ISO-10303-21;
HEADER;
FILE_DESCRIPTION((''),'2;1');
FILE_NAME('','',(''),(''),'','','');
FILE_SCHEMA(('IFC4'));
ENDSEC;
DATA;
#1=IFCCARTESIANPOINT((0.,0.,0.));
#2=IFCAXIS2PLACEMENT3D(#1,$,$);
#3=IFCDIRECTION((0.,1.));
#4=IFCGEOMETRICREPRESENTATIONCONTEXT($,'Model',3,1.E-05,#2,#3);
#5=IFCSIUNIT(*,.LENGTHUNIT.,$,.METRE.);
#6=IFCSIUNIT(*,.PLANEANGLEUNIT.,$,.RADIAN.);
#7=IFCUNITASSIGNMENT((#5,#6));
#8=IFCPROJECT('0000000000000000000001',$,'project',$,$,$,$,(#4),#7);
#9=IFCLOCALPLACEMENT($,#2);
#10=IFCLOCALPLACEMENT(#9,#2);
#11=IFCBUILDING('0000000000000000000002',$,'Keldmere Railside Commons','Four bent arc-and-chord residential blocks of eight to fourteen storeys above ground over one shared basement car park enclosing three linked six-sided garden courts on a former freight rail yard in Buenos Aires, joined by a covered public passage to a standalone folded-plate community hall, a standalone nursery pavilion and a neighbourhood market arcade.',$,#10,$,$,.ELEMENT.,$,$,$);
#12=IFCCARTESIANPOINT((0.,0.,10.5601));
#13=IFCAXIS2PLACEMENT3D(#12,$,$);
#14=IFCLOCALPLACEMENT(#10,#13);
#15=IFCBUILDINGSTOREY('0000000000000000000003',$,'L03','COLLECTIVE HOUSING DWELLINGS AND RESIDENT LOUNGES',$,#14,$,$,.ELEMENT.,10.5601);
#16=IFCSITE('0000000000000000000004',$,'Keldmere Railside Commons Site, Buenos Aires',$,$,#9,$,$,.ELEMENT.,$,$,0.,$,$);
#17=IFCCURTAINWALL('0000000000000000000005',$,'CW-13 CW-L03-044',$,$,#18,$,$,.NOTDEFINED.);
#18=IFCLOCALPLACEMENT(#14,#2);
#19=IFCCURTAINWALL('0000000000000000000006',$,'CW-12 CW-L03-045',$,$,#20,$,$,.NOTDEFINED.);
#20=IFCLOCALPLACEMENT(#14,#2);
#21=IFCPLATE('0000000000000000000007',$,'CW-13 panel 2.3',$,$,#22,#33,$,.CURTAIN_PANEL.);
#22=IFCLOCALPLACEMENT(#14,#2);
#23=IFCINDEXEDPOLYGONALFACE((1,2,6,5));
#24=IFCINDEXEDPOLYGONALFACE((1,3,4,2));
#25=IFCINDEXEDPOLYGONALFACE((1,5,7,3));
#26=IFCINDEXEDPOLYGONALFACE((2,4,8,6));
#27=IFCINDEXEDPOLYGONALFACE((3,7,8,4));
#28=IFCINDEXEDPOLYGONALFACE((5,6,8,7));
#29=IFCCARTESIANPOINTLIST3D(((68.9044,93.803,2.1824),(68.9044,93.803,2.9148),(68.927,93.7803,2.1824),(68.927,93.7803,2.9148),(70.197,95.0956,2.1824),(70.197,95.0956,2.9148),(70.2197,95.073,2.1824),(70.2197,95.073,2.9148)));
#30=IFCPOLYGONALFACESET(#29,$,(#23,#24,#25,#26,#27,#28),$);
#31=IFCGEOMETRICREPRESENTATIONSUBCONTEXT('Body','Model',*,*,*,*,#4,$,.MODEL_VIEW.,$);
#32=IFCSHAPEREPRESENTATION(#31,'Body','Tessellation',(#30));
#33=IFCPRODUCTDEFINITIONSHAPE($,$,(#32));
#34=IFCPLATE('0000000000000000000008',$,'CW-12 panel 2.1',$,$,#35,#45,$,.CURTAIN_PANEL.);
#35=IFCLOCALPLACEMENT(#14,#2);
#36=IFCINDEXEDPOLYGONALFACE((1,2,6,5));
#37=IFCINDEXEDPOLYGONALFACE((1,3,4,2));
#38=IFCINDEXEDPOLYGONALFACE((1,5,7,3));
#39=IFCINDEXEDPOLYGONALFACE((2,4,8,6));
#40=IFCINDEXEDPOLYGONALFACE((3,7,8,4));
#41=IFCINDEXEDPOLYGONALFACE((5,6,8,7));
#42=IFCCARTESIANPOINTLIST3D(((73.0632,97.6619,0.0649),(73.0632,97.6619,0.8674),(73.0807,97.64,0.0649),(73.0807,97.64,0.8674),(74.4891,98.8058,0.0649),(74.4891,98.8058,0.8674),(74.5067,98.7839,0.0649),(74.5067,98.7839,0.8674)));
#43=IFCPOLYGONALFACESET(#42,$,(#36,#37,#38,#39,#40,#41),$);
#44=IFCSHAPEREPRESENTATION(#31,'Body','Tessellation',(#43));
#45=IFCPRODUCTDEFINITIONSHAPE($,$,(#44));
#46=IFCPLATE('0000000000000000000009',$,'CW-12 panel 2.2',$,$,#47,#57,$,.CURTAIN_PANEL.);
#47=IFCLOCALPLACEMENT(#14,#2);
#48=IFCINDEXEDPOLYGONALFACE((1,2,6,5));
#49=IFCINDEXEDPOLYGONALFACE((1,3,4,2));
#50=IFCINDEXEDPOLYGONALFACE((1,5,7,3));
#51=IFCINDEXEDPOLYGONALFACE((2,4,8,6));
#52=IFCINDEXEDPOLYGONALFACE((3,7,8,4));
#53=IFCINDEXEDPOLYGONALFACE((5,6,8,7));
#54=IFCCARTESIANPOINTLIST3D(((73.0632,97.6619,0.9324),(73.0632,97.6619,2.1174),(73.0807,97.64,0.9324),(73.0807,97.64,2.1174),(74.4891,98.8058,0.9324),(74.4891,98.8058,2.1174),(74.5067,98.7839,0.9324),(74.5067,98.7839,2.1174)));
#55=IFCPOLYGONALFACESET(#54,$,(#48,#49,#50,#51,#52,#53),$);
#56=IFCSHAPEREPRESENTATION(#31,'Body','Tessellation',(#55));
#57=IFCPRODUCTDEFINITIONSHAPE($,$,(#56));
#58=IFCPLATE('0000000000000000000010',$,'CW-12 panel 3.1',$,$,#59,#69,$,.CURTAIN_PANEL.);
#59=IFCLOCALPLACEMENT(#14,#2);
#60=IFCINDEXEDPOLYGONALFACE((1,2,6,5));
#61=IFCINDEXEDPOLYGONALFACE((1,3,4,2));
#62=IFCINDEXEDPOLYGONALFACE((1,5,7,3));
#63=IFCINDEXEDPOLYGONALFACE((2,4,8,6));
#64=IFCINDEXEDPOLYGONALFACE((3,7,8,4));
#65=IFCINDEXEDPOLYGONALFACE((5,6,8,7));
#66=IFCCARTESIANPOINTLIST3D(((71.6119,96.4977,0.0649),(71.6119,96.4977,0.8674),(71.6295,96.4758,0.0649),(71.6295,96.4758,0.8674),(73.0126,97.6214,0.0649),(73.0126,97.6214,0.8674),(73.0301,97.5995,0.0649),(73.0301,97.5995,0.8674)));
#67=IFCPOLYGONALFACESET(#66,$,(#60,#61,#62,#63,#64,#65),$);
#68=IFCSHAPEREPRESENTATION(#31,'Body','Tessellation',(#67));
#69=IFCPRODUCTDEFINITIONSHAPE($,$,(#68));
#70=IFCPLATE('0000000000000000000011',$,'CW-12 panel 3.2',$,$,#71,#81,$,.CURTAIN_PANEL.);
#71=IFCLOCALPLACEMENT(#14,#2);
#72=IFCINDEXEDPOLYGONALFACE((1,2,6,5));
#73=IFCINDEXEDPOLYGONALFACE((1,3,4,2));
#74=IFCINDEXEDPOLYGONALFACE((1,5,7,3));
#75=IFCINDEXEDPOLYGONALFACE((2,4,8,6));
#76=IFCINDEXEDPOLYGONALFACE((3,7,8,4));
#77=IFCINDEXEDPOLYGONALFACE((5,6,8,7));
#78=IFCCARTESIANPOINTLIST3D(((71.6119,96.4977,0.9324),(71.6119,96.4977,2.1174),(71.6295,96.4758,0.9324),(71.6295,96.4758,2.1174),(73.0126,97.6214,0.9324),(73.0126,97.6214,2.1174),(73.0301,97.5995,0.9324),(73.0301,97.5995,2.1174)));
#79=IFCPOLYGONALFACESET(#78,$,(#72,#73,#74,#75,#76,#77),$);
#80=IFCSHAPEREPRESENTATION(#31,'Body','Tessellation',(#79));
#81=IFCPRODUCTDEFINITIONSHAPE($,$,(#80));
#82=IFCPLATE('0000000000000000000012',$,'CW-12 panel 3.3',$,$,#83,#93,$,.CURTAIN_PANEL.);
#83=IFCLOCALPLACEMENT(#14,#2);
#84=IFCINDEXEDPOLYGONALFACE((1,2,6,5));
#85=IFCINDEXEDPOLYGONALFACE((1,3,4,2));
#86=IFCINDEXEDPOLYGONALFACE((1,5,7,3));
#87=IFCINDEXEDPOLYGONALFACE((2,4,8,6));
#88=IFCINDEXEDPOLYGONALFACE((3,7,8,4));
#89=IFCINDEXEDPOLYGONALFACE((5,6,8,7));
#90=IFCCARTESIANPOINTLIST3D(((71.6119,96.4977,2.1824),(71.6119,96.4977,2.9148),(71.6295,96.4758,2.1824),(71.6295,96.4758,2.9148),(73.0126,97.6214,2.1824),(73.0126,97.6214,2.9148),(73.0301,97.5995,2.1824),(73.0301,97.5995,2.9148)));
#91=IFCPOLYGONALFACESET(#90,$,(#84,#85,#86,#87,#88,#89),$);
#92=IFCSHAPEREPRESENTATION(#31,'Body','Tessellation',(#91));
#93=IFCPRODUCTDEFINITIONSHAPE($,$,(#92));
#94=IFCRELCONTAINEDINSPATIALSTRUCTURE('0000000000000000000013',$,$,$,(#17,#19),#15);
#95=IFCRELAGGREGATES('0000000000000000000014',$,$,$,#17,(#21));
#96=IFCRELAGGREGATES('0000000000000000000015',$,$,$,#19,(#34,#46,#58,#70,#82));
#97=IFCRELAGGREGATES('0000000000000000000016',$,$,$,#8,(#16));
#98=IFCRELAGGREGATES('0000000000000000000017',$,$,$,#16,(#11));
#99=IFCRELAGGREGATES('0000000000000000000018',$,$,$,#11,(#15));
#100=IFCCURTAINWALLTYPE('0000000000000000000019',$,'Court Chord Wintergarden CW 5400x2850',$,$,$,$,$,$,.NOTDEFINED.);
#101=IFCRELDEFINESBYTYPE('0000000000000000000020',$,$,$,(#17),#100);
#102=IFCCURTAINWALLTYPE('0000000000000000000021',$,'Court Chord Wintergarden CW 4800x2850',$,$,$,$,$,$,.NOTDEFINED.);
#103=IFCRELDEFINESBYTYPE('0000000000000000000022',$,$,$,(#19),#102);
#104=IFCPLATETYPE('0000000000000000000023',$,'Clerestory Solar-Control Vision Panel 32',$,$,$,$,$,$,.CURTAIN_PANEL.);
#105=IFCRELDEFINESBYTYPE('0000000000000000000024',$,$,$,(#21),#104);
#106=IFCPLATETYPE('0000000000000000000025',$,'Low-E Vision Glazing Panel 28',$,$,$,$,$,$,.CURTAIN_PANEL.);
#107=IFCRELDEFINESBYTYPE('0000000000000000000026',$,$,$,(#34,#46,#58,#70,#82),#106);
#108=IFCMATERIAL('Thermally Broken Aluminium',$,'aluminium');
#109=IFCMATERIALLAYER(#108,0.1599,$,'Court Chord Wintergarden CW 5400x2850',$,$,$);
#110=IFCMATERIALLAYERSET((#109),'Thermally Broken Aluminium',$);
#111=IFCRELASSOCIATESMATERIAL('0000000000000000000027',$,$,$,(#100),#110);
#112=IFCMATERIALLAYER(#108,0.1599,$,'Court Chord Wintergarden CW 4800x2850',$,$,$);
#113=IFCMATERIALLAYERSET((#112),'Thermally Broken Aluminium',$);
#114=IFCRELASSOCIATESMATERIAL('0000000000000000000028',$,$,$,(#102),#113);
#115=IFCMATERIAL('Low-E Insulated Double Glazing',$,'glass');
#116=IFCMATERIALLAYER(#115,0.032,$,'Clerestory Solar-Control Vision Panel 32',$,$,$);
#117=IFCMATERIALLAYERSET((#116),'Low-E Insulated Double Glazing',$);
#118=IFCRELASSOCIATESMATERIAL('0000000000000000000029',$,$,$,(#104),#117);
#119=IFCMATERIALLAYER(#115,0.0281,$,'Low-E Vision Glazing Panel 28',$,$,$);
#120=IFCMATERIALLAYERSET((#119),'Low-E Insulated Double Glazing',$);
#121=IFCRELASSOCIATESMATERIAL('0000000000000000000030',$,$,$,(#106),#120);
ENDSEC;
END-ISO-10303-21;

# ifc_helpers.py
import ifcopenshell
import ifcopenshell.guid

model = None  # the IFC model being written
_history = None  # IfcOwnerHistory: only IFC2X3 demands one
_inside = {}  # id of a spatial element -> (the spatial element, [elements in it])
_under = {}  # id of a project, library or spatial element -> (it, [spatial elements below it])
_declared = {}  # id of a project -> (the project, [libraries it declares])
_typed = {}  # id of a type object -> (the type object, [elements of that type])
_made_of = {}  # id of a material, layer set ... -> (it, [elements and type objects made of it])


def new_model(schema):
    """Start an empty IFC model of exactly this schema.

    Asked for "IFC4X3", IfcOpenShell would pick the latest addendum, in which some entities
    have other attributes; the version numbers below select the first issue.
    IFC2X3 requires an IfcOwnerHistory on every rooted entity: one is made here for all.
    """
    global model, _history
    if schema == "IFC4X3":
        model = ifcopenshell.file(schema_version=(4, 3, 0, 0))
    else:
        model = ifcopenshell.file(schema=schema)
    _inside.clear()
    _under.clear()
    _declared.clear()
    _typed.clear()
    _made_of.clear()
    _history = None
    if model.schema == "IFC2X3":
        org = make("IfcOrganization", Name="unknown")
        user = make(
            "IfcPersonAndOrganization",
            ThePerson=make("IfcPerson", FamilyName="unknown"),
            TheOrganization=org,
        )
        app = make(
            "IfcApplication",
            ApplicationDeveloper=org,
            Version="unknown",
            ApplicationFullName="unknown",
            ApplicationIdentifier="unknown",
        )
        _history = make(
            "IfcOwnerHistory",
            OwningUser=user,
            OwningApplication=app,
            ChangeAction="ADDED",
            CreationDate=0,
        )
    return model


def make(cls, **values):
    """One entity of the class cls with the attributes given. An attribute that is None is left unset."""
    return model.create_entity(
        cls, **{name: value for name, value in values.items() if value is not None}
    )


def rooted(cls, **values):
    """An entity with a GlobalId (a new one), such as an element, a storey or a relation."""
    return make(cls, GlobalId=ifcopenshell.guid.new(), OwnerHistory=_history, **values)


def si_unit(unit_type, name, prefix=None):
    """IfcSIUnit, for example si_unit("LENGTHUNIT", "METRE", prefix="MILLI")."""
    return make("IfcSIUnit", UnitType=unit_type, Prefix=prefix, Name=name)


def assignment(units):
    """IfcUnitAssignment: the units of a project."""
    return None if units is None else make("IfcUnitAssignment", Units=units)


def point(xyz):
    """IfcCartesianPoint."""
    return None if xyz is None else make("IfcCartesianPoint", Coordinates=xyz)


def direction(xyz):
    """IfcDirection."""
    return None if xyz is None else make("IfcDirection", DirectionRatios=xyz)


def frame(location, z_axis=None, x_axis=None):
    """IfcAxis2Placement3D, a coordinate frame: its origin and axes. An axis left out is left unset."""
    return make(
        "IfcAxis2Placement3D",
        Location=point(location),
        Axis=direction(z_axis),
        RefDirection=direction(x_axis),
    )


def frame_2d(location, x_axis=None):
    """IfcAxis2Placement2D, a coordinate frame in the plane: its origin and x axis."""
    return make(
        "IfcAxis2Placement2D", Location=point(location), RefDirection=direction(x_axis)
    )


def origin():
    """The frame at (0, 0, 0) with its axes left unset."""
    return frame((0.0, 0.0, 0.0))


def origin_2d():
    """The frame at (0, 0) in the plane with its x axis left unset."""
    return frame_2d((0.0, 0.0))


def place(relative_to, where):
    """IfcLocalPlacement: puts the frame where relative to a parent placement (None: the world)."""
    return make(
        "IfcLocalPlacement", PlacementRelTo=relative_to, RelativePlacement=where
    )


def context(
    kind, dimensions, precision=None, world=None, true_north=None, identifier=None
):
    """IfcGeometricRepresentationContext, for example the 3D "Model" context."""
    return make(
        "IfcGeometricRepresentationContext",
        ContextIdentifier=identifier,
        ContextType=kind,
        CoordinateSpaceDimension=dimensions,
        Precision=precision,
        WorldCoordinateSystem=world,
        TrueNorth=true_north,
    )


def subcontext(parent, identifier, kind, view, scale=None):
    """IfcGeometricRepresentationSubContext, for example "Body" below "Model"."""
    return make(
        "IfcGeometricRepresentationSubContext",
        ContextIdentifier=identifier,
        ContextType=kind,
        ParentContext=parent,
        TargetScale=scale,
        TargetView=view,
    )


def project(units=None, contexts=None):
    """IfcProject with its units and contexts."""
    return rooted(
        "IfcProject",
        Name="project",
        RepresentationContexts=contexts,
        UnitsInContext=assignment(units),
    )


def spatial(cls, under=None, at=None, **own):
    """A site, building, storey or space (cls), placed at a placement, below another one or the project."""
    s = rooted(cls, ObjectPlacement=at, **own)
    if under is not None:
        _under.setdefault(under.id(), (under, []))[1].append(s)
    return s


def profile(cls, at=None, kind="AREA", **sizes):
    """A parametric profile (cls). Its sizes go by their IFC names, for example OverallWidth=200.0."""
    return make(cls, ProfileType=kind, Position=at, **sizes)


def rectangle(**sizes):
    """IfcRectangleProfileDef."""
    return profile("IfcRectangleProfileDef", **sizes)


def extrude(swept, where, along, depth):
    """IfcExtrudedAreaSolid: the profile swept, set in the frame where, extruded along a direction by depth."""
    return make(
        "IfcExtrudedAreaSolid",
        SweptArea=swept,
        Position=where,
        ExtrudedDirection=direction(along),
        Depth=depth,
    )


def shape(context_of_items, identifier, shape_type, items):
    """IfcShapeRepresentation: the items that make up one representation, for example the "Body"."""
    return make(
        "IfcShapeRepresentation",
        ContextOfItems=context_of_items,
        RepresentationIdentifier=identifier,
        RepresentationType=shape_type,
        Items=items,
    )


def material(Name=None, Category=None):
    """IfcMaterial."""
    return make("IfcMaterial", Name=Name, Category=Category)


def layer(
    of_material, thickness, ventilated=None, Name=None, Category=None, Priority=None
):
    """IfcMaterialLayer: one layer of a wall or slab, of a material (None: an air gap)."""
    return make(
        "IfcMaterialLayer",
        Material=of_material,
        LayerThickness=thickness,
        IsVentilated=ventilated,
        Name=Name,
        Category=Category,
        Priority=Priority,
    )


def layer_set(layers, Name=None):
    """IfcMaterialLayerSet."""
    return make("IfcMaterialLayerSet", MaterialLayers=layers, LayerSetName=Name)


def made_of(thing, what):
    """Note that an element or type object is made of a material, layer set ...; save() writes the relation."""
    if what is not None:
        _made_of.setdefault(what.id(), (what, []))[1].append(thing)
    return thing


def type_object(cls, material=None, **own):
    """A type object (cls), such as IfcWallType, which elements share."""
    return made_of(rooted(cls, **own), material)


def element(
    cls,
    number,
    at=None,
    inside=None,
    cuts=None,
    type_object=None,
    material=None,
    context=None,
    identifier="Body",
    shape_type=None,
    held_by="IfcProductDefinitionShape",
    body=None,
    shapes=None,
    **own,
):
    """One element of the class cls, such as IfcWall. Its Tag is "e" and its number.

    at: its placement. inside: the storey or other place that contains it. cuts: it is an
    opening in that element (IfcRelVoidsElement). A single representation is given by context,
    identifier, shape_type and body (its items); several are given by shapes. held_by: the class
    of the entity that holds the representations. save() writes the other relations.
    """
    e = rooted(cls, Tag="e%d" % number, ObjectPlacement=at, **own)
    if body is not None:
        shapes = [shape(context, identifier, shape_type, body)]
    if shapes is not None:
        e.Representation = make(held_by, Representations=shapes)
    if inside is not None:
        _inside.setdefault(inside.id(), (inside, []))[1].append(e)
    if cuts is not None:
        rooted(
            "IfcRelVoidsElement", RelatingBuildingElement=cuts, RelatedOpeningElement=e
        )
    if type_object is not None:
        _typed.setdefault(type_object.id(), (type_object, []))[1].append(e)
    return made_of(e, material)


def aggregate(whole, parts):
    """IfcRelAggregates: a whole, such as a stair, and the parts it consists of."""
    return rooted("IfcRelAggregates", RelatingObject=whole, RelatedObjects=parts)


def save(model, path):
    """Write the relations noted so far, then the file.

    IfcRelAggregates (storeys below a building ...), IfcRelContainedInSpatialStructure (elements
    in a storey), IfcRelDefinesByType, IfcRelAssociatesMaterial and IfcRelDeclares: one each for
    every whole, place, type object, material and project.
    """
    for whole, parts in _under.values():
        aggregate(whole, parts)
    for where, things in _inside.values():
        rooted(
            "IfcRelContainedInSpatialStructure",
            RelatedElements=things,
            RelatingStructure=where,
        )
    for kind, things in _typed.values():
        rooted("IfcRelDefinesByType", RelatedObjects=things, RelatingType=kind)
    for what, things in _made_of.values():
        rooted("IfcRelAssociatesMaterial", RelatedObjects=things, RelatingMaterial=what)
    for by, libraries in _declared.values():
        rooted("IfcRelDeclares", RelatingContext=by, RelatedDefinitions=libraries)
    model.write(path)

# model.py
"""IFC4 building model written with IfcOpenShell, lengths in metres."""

from ifc_helpers import new_model, si_unit, direction, frame, origin, origin_2d, place, context, subcontext, project, spatial, rectangle, extrude, material, layer, layer_set, type_object, element, aggregate, save


model = new_model("IFC4")

# Units and contexts
model_context = context("Model", 3, precision=1e-05, world=origin(), true_north=direction((0.0, 1.0)))
body_context = subcontext(model_context, "Body", "Model", "MODEL_VIEW")
ifc_project = project(units=[si_unit("LENGTHUNIT", "METRE"), si_unit("PLANEANGLEUNIT", "RADIAN")], contexts=[model_context])

# Site, building, storey
site_placement = place(None, origin())
site = spatial("IfcSite", under=ifc_project, at=site_placement, Name="Keldmere Railside Commons Site, Buenos Aires", CompositionType="ELEMENT", RefElevation=0.0)
building_placement = place(site_placement, origin())
building = spatial("IfcBuilding", under=site, at=building_placement, Name="Keldmere Railside Commons", Description="Four bent arc-and-chord residential blocks of eight to fourteen storeys above ground over one shared basement car park enclosing three linked six-sided garden courts on a former freight rail yard in Buenos Aires, joined by a covered public passage to a standalone folded-plate community hall, a standalone nursery pavilion and a neighbourhood market arcade.", CompositionType="ELEMENT")
storey_placement = place(building_placement, frame((0.0, 0.0, 10.5601)))
storey = spatial("IfcBuildingStorey", under=building, at=storey_placement, Name="L03", Description="COLLECTIVE HOUSING DWELLINGS AND RESIDENT LOUNGES", CompositionType="ELEMENT", Elevation=10.5601)

# Curtain walls
ifc_material_1 = material(Name="Thermally Broken Aluminium", Category="aluminium")
ifc_layer_1 = layer(ifc_material_1, 0.1599, Name="Court Chord Wintergarden CW 5400x2850")
ifc_layer_set_1 = layer_set([ifc_layer_1], Name="Thermally Broken Aluminium")
curtain_wall_type_1 = type_object("IfcCurtainWallType", Name="Court Chord Wintergarden CW 5400x2850", PredefinedType="NOTDEFINED", material=ifc_layer_set_1)
curtain_wall_1_placement = place(storey_placement, origin())
curtain_wall_1 = element("IfcCurtainWall", 1, at=curtain_wall_1_placement, inside=storey, type_object=curtain_wall_type_1, Name="CW-13 CW-L03-044", PredefinedType="NOTDEFINED")
ifc_layer_2 = layer(ifc_material_1, 0.1599, Name="Court Chord Wintergarden CW 4800x2850")
ifc_layer_set_2 = layer_set([ifc_layer_2], Name="Thermally Broken Aluminium")
curtain_wall_type_2 = type_object("IfcCurtainWallType", Name="Court Chord Wintergarden CW 4800x2850", PredefinedType="NOTDEFINED", material=ifc_layer_set_2)
curtain_wall_2_placement = place(storey_placement, origin())
curtain_wall_2 = element("IfcCurtainWall", 2, at=curtain_wall_2_placement, inside=storey, type_object=curtain_wall_type_2, Name="CW-12 CW-L03-045", PredefinedType="NOTDEFINED")

# Plates
ifc_material_2 = material(Name="Low-E Insulated Double Glazing", Category="glass")
ifc_layer_3 = layer(ifc_material_2, 0.032, Name="Clerestory Solar-Control Vision Panel 32")
ifc_layer_set_3 = layer_set([ifc_layer_3], Name="Low-E Insulated Double Glazing")
plate_type_1 = type_object("IfcPlateType", Name="Clerestory Solar-Control Vision Panel 32", PredefinedType="CURTAIN_PANEL", material=ifc_layer_set_3)
plate_1_placement = place(storey_placement, frame((69.562, 94.438, 2.1824), z_axis=(0.0, 0.0, 1.0), x_axis=(-0.707107, -0.707107, 0.0)))
plate_1 = element("IfcPlate", 3, at=plate_1_placement, type_object=plate_type_1, Name="CW-13 panel 2.3", PredefinedType="CURTAIN_PANEL", context=body_context, shape_type="SweptSolid", body=[
    extrude(rectangle(XDim=1.8281, YDim=0.032, at=origin_2d()), origin(), (0.0, 0.0, 1.0), 0.7324),
])
aggregate(curtain_wall_1, [plate_1])
ifc_layer_4 = layer(ifc_material_2, 0.0281, Name="Low-E Vision Glazing Panel 28")
ifc_layer_set_4 = layer_set([ifc_layer_4], Name="Low-E Insulated Double Glazing")
plate_type_2 = type_object("IfcPlateType", Name="Low-E Vision Glazing Panel 28", PredefinedType="CURTAIN_PANEL", material=ifc_layer_set_4)
plate_2_placement = place(storey_placement, frame((73.7849, 98.2229, 0.0649), z_axis=(0.0, 0.0, 1.0), x_axis=(-0.780009, -0.625768, 0.0)))
plate_2 = element("IfcPlate", 4, at=plate_2_placement, type_object=plate_type_2, Name="CW-12 panel 2.1", PredefinedType="CURTAIN_PANEL", context=body_context, shape_type="SweptSolid", body=[
    extrude(rectangle(XDim=1.8281, YDim=0.0281, at=origin_2d()), origin(), (0.0, 0.0, 1.0), 0.8025),
])
plate_3_placement = place(storey_placement, frame((73.7849, 98.2229, 0.9324), z_axis=(0.0, 0.0, 1.0), x_axis=(-0.780009, -0.625768, 0.0)))
plate_3 = element("IfcPlate", 5, at=plate_3_placement, type_object=plate_type_2, Name="CW-12 panel 2.2", PredefinedType="CURTAIN_PANEL", context=body_context, shape_type="SweptSolid", body=[
    extrude(rectangle(XDim=1.8281, YDim=0.0281, at=origin_2d()), origin(), (0.0, 0.0, 1.0), 1.1851),
])
plate_4_placement = place(storey_placement, frame((72.321, 97.0486, 0.0649), z_axis=(0.0, 0.0, 1.0), x_axis=(-0.780009, -0.625768, 0.0)))
plate_4 = element("IfcPlate", 6, at=plate_4_placement, type_object=plate_type_2, Name="CW-12 panel 3.1", PredefinedType="CURTAIN_PANEL", context=body_context, shape_type="SweptSolid", body=[
    extrude(rectangle(XDim=1.7957, YDim=0.0281, at=origin_2d()), origin(), (0.0, 0.0, 1.0), 0.8025),
])
plate_5_placement = place(storey_placement, frame((72.321, 97.0486, 0.9324), z_axis=(0.0, 0.0, 1.0), x_axis=(-0.780009, -0.625768, 0.0)))
plate_5 = element("IfcPlate", 7, at=plate_5_placement, type_object=plate_type_2, Name="CW-12 panel 3.2", PredefinedType="CURTAIN_PANEL", context=body_context, shape_type="SweptSolid", body=[
    extrude(rectangle(XDim=1.7957, YDim=0.0281, at=origin_2d()), origin(), (0.0, 0.0, 1.0), 1.1851),
])
plate_6_placement = place(storey_placement, frame((72.321, 97.0486, 2.1824), z_axis=(0.0, 0.0, 1.0), x_axis=(-0.780009, -0.625768, 0.0)))
plate_6 = element("IfcPlate", 8, at=plate_6_placement, type_object=plate_type_2, Name="CW-12 panel 3.3", PredefinedType="CURTAIN_PANEL", context=body_context, shape_type="SweptSolid", body=[
    extrude(rectangle(XDim=1.7957, YDim=0.0281, at=origin_2d()), origin(), (0.0, 0.0, 1.0), 0.7324),
])
aggregate(curtain_wall_2, [plate_2, plate_3, plate_4, plate_5, plate_6])

save(model, "model.ifc")
